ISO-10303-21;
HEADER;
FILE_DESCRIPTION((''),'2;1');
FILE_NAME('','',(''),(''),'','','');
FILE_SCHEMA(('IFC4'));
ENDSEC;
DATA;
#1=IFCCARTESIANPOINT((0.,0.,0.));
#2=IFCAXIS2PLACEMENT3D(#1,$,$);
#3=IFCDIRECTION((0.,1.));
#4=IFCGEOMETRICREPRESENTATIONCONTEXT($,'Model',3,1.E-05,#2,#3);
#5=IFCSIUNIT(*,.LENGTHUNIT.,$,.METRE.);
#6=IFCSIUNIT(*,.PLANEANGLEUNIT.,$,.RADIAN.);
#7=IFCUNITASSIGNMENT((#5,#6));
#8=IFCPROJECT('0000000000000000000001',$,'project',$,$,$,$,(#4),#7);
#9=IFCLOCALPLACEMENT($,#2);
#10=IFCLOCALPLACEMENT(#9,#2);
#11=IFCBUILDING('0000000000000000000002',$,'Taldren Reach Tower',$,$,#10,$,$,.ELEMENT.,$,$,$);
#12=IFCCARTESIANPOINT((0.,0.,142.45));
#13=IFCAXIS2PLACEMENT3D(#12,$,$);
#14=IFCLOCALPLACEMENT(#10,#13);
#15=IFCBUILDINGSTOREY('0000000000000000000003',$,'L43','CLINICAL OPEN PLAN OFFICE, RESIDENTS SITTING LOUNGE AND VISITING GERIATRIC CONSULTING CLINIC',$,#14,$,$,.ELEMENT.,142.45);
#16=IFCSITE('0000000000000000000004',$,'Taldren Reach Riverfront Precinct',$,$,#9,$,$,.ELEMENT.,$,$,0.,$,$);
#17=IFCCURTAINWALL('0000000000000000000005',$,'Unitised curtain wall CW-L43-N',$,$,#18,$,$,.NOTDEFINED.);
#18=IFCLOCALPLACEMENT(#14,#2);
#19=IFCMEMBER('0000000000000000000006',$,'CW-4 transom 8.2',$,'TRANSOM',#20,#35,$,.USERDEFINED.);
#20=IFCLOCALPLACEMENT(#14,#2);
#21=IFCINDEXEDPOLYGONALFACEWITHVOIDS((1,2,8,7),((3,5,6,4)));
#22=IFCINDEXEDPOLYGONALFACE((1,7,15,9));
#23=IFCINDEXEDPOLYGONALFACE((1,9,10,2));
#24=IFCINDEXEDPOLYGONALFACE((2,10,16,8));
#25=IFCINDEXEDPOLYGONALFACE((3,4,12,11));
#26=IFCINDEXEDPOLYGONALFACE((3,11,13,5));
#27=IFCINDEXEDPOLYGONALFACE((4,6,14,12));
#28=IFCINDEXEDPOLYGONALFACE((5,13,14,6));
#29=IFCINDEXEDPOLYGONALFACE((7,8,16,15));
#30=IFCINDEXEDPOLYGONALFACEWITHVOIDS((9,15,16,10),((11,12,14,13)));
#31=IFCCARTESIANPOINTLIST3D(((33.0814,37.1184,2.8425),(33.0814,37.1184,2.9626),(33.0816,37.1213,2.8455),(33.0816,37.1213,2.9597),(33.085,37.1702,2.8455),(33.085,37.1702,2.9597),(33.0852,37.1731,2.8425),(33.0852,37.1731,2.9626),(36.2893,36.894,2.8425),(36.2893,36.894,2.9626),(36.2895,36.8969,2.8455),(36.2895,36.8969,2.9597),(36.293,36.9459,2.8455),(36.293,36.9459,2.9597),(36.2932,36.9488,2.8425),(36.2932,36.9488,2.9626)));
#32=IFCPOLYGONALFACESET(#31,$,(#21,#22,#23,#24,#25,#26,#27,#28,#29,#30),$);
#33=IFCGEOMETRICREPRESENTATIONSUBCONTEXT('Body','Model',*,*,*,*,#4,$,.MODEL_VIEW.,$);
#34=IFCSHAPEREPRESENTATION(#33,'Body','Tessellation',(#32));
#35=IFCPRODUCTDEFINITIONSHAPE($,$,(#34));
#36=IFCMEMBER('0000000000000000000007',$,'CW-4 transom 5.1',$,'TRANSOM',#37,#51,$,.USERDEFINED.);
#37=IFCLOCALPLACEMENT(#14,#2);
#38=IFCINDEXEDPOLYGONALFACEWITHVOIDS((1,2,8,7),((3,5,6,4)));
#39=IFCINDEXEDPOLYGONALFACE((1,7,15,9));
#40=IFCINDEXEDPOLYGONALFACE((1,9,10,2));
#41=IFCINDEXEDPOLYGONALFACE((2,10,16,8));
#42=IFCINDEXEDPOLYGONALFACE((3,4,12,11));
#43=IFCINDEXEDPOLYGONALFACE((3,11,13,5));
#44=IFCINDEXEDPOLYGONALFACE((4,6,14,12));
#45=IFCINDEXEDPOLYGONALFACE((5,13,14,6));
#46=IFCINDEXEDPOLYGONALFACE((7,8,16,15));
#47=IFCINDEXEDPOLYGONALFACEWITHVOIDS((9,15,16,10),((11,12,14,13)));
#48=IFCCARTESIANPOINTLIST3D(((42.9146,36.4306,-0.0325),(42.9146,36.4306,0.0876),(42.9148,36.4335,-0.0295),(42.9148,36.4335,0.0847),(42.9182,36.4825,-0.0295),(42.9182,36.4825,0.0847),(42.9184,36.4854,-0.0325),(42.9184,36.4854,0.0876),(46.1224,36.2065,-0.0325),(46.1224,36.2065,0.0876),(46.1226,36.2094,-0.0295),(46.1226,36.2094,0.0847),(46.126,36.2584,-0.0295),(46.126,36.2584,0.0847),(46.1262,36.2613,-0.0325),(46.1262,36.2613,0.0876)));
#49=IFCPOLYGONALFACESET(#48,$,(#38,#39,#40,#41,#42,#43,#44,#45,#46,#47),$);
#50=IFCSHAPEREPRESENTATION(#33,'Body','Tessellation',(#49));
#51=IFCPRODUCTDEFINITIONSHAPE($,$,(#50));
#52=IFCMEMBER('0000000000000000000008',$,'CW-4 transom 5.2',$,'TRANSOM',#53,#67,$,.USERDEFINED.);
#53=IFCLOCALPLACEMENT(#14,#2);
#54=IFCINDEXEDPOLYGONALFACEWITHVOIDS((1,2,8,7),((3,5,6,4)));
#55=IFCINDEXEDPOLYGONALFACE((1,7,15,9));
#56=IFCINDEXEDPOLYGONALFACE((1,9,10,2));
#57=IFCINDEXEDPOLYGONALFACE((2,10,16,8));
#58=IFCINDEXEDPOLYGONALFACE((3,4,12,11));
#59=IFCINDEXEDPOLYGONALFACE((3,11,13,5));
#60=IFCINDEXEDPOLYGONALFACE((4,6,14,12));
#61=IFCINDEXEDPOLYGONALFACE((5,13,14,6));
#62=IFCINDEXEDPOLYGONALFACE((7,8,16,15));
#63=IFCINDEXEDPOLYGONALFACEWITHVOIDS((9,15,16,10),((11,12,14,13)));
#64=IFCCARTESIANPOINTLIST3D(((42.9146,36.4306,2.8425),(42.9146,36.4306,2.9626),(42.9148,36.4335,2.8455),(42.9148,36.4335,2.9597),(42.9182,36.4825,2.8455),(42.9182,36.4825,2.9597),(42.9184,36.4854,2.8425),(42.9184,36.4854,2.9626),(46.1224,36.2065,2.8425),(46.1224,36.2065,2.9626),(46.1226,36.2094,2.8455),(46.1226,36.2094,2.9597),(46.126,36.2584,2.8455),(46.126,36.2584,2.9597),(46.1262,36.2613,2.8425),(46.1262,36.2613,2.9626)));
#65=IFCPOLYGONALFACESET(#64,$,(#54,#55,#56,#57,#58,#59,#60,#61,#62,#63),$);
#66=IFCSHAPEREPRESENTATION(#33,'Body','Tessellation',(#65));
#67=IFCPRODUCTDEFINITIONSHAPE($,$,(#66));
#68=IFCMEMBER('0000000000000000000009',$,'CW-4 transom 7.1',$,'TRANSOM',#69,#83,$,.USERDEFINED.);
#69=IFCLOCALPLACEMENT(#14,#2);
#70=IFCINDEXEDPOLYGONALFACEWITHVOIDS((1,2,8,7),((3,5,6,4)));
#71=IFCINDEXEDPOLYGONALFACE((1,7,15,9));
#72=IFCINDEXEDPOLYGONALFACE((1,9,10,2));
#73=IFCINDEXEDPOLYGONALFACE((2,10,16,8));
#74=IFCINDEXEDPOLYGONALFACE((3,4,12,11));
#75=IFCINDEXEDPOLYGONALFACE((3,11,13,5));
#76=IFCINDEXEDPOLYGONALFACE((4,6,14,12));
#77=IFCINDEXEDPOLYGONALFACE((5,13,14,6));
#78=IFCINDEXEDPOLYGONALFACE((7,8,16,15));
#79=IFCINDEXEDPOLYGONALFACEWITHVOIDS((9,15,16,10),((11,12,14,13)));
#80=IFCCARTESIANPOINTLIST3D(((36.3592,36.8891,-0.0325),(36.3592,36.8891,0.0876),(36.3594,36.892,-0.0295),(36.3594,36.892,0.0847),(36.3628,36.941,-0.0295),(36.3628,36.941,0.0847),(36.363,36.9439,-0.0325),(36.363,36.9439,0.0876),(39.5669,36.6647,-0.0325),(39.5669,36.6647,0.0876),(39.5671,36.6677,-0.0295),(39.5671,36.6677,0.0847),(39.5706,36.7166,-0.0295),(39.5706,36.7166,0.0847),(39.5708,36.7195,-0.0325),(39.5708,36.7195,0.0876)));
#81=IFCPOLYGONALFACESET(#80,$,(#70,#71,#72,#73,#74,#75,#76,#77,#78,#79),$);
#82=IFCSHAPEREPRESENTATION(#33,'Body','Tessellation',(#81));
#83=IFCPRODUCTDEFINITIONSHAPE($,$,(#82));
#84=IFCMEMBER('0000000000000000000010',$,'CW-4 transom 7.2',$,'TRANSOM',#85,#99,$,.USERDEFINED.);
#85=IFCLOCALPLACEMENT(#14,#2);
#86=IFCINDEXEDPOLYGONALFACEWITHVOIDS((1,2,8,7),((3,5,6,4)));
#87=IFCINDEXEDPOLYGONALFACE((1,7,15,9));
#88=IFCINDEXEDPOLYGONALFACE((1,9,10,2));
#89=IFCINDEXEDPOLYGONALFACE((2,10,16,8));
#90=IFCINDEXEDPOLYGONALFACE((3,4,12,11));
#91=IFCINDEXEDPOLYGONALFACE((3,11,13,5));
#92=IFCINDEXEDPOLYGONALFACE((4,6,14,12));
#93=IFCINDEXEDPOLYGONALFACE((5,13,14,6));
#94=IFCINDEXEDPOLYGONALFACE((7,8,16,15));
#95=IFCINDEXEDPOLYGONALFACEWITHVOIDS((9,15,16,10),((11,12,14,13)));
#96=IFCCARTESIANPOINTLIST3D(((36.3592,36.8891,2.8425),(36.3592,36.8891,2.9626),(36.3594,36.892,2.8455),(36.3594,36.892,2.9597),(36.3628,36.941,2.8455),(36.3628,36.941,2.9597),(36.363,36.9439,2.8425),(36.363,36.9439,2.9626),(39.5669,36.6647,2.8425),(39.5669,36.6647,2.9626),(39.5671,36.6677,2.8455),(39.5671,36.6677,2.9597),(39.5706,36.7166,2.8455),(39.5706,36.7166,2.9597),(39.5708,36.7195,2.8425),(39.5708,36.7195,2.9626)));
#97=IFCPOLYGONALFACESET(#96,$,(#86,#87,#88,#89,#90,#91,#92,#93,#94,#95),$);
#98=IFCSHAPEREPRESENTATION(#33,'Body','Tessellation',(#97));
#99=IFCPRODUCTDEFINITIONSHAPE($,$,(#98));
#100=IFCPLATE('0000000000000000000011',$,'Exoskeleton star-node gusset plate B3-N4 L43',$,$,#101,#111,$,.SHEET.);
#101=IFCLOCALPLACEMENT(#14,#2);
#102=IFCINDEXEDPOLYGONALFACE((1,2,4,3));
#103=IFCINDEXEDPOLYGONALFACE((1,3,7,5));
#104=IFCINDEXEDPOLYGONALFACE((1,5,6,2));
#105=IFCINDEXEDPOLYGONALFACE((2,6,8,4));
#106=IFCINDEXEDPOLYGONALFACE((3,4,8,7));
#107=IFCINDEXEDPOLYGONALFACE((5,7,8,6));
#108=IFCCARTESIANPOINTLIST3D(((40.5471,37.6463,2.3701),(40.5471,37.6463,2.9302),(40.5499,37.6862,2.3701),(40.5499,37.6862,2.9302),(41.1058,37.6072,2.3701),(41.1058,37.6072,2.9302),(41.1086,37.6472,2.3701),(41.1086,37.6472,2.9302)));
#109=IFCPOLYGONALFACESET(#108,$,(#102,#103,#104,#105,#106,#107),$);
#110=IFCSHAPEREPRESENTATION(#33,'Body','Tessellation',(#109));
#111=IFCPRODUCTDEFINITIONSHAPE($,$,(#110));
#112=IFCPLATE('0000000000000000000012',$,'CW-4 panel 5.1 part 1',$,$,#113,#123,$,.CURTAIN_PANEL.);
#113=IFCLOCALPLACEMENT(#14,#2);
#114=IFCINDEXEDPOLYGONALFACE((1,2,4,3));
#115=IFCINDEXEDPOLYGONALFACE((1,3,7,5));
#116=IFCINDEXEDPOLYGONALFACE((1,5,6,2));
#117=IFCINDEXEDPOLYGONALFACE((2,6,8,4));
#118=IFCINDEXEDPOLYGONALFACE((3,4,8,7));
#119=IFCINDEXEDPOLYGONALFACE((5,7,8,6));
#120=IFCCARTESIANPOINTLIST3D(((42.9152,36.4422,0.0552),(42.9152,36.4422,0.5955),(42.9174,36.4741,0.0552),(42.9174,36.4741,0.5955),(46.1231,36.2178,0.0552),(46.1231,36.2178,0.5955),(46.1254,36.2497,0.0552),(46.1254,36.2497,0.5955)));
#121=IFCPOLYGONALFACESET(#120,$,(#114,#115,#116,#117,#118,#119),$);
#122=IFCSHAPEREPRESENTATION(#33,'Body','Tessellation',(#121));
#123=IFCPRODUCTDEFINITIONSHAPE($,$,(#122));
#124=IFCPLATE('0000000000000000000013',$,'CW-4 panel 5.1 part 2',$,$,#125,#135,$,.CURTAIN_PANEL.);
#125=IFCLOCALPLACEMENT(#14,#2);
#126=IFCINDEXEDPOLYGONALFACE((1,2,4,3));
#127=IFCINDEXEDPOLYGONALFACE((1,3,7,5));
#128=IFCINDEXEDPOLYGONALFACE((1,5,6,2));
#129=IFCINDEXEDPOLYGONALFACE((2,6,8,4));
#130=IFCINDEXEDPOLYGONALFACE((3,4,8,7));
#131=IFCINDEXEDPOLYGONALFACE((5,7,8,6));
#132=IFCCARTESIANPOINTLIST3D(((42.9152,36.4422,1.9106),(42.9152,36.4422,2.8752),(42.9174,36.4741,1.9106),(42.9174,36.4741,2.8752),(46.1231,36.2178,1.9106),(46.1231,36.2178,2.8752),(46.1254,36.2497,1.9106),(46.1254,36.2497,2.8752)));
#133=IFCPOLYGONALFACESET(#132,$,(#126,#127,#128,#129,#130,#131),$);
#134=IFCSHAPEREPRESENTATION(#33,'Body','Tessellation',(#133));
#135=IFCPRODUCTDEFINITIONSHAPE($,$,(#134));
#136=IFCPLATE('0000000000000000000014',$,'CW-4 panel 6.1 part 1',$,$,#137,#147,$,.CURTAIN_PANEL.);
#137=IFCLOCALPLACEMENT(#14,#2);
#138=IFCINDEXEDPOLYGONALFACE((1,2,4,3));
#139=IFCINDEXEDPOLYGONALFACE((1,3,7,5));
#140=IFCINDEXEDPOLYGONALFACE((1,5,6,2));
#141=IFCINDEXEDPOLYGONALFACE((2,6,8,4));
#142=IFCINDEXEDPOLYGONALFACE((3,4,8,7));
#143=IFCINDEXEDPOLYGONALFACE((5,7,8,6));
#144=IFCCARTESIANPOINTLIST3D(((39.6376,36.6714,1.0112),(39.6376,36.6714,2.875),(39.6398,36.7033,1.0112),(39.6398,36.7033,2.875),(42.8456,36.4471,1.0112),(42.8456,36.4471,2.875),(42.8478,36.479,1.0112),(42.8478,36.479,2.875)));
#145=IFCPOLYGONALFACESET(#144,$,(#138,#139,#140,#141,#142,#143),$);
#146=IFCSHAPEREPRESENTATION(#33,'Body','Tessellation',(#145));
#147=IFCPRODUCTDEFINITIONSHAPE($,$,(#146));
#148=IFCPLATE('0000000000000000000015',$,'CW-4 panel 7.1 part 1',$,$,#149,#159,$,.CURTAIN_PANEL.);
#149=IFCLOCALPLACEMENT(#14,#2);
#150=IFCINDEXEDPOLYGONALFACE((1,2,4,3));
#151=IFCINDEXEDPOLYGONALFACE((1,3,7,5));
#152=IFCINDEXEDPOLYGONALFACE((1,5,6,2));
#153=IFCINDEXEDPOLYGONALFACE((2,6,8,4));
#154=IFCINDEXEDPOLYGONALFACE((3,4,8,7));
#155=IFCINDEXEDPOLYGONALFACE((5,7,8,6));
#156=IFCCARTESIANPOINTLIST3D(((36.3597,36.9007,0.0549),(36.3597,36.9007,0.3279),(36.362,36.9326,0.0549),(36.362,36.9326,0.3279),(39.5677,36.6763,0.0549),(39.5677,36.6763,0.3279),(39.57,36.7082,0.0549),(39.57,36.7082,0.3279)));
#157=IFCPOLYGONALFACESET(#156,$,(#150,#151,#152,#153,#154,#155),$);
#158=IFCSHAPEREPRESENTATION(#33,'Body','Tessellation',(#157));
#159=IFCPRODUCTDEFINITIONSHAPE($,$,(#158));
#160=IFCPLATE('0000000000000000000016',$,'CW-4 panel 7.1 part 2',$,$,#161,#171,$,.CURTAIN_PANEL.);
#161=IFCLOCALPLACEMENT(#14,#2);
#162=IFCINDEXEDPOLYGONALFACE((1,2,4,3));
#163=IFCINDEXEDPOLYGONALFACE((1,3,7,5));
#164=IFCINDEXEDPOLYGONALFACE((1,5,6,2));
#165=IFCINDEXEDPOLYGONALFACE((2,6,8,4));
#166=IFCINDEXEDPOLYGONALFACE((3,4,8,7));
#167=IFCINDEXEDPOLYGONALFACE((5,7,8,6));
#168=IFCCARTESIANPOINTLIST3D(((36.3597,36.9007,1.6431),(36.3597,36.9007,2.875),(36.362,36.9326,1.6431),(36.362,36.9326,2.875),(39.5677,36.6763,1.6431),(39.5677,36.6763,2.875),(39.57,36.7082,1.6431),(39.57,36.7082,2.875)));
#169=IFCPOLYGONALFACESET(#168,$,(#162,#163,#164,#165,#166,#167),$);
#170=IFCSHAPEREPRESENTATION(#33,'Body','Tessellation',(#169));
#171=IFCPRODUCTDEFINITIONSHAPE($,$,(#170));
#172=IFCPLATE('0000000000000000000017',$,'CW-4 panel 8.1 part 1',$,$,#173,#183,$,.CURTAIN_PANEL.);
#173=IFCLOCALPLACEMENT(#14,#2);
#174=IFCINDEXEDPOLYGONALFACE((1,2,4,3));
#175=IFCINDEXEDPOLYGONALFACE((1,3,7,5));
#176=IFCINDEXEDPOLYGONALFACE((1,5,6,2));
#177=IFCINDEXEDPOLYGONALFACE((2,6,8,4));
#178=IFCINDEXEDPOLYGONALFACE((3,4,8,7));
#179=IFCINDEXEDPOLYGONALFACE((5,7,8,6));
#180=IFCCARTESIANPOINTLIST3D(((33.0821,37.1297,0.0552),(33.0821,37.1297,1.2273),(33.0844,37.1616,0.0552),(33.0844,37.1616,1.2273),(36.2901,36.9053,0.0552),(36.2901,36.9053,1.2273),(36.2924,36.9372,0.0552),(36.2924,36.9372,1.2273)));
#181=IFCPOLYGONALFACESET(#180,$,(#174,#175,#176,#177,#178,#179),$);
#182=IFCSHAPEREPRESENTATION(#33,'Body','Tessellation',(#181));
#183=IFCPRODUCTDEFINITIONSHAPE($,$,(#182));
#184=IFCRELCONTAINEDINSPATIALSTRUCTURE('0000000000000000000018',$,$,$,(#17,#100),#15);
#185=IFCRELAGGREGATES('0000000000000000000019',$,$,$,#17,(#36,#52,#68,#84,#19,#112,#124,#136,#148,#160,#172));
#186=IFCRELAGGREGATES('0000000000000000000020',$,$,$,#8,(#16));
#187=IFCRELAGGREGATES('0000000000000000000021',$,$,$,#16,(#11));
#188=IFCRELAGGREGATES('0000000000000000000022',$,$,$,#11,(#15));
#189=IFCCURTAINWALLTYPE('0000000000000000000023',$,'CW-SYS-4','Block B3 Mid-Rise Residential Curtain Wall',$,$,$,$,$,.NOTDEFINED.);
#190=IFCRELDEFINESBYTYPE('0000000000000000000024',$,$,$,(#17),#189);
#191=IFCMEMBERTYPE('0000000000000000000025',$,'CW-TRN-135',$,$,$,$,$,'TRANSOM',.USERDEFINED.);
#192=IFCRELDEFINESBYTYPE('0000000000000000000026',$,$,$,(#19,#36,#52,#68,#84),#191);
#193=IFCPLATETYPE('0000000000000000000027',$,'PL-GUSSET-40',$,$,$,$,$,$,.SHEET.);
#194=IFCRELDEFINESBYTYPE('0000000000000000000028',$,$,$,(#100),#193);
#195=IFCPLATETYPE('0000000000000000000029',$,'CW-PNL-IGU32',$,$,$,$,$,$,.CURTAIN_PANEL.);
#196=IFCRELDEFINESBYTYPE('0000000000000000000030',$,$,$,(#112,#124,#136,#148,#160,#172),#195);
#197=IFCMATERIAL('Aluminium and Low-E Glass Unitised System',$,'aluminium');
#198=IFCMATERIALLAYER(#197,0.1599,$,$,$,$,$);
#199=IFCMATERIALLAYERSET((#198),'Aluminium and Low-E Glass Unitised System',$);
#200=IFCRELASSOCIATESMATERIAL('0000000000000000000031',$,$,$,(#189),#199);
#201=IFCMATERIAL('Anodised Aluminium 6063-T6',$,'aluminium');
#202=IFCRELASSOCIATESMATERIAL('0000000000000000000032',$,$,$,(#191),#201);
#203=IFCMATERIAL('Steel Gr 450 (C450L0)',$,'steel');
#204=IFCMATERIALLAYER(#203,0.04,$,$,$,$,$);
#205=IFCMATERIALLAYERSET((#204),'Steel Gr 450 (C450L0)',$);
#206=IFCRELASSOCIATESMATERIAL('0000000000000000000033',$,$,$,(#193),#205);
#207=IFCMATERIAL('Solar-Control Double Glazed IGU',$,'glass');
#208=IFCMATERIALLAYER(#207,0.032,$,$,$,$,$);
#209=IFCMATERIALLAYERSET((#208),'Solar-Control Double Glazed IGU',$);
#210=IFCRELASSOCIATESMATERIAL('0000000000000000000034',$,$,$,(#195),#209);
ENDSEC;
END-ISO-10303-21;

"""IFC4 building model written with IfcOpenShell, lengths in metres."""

from ifc_helpers import new_model, si_unit, direction, frame, origin, origin_2d, place, context, subcontext, project, spatial, rectangle, hollow_rectangle, extrude, source, transform, mapped, material, layer, layer_set, material_profile, profile_set, type_object, element, aggregate, save


model = new_model("IFC4")

# Units and contexts
model_context = context("Model", 3, precision=1e-05, world=origin(), true_north=direction((0.0, 1.0)))
body_context = subcontext(model_context, "Body", "Model", "MODEL_VIEW")
ifc_project = project(units=[si_unit("LENGTHUNIT", "METRE"), si_unit("PLANEANGLEUNIT", "RADIAN")], contexts=[model_context])

# Site, building, storey
site_placement = place(None, origin())
site = spatial("IfcSite", under=ifc_project, at=site_placement, Name="Taldren Reach Riverfront Precinct", CompositionType="ELEMENT", RefElevation=0.0)
building_placement = place(site_placement, origin())
building = spatial("IfcBuilding", under=site, at=building_placement, Name="Taldren Reach Tower", CompositionType="ELEMENT")
storey_placement = place(building_placement, frame((0.0, 0.0, 142.45)))
storey = spatial("IfcBuildingStorey", under=building, at=storey_placement, Name="L43", Description="CLINICAL OPEN PLAN OFFICE, RESIDENTS SITTING LOUNGE AND VISITING GERIATRIC CONSULTING CLINIC", CompositionType="ELEMENT", Elevation=142.45)

# Shared definitions
ifc_material_1 = material(Name="Steel Gr 450 (C450L0)", Category="steel")

# Curtain wall, members
ifc_material_2 = material(Name="Aluminium and Low-E Glass Unitised System", Category="aluminium")
ifc_layer_1 = layer(ifc_material_2, 0.1599)
ifc_layer_set_1 = layer_set([ifc_layer_1], Name="Aluminium and Low-E Glass Unitised System")
curtain_wall_type = type_object("IfcCurtainWallType", Name="CW-SYS-4", Description="Block B3 Mid-Rise Residential Curtain Wall", PredefinedType="NOTDEFINED", material=ifc_layer_set_1)
curtain_wall_placement = place(storey_placement, origin())
curtain_wall = element("IfcCurtainWall", 1, at=curtain_wall_placement, inside=storey, type_object=curtain_wall_type, Name="Unitised curtain wall CW-L43-N", PredefinedType="NOTDEFINED")
ifc_material_3 = material(Name="Anodised Aluminium 6063-T6", Category="aluminium")
ifc_material_profile_1 = material_profile(ifc_material_3, hollow_rectangle(XDim=0.0549, YDim=0.1201, WallThickness=0.0029, at=origin_2d()), Name="ALU-120x55x3RHS")
ifc_profile_set_1 = profile_set([ifc_material_profile_1], Name="Anodised Aluminium 6063-T6")
member_type_1 = type_object("IfcMemberType", Name="CW-TRN-135", ElementType="TRANSOM", PredefinedType="USERDEFINED", material=ifc_profile_set_1)
shared_shape_1 = source(origin(), body_context, "Body", "SweptSolid", [
    extrude(hollow_rectangle(XDim=0.0549, YDim=0.1201, WallThickness=0.0029, at=origin_2d()), origin(), (0.0, 0.0, 1.0), 3.2158),
])
member_1_placement = place(storey_placement, frame((36.2913, 36.9214, 2.9026), z_axis=(-0.997563, 0.069769, 0.0), x_axis=(-0.069769, -0.997563, 0.0)))
member_1 = element("IfcMember", 2, at=member_1_placement, type_object=member_type_1, Name="CW-4 transom 8.2", ObjectType="TRANSOM", PredefinedType="USERDEFINED", context=body_context, shape_type="MappedRepresentation", body=[
    mapped(shared_shape_1, transform((0.0, 0.0, 0.0), scale=1.0)),
])
shared_shape_2 = source(origin(), body_context, "Body", "SweptSolid", [
    extrude(hollow_rectangle(XDim=0.0549, YDim=0.1201, WallThickness=0.0029, at=origin_2d()), origin(), (0.0, 0.0, 1.0), 3.2156),
])
member_2_placement = place(storey_placement, frame((46.1243, 36.2339, 0.0276), z_axis=(-0.997568, 0.069698, 0.0), x_axis=(-0.069698, -0.997568, 0.0)))
member_2 = element("IfcMember", 3, at=member_2_placement, type_object=member_type_1, Name="CW-4 transom 5.1", ObjectType="TRANSOM", PredefinedType="USERDEFINED", context=body_context, shape_type="MappedRepresentation", body=[
    mapped(shared_shape_2, transform((0.0, 0.0, 0.0), scale=1.0)),
])
member_3_placement = place(storey_placement, frame((46.1243, 36.2339, 2.9026), z_axis=(-0.997568, 0.069698, 0.0), x_axis=(-0.069698, -0.997568, 0.0)))
member_3 = element("IfcMember", 4, at=member_3_placement, type_object=member_type_1, Name="CW-4 transom 5.2", ObjectType="TRANSOM", PredefinedType="USERDEFINED", context=body_context, shape_type="MappedRepresentation", body=[
    mapped(shared_shape_2, transform((0.0, 0.0, 0.0), scale=1.0)),
])
member_4_placement = place(storey_placement, frame((39.5688, 36.6921, 0.0276), z_axis=(-0.997563, 0.069774, 0.0), x_axis=(-0.069774, -0.997563, 0.0)))
member_4 = element("IfcMember", 5, at=member_4_placement, type_object=member_type_1, Name="CW-4 transom 7.1", ObjectType="TRANSOM", PredefinedType="USERDEFINED", context=body_context, shape_type="MappedRepresentation", body=[
    mapped(shared_shape_2, transform((0.0, 0.0, 0.0), scale=1.0)),
])
member_5_placement = place(storey_placement, frame((39.5688, 36.6921, 2.9026), z_axis=(-0.997563, 0.069774, 0.0), x_axis=(-0.069774, -0.997563, 0.0)))
member_5 = element("IfcMember", 6, at=member_5_placement, type_object=member_type_1, Name="CW-4 transom 7.2", ObjectType="TRANSOM", PredefinedType="USERDEFINED", context=body_context, shape_type="MappedRepresentation", body=[
    mapped(shared_shape_2, transform((0.0, 0.0, 0.0), scale=1.0)),
])

# Plates
ifc_layer_2 = layer(ifc_material_1, 0.04)
ifc_layer_set_2 = layer_set([ifc_layer_2], Name="Steel Gr 450 (C450L0)")
plate_type_1 = type_object("IfcPlateType", Name="PL-GUSSET-40", PredefinedType="SHEET", material=ifc_layer_set_2)
shared_shape_3 = source(origin(), body_context, "Body", "SweptSolid", [
    extrude(rectangle(XDim=0.5601, YDim=0.04, at=origin_2d()), origin(), (0.0, 0.0, 1.0), 0.5601),
])
plate_1_placement = place(storey_placement, frame((40.8279, 37.6467, 2.3701), z_axis=(0.0, 0.0, 1.0), x_axis=(0.997564, -0.069756, 0.0)))
element("IfcPlate", 7, at=plate_1_placement, inside=storey, type_object=plate_type_1, Name="Exoskeleton star-node gusset plate B3-N4 L43", PredefinedType="SHEET", context=body_context, shape_type="MappedRepresentation", body=[
    mapped(shared_shape_3, transform((0.0, 0.0, 0.0), scale=1.0)),
])
ifc_material_4 = material(Name="Solar-Control Double Glazed IGU", Category="glass")
ifc_layer_3 = layer(ifc_material_4, 0.032)
ifc_layer_set_3 = layer_set([ifc_layer_3], Name="Solar-Control Double Glazed IGU")
plate_type_2 = type_object("IfcPlateType", Name="CW-PNL-IGU32", PredefinedType="CURTAIN_PANEL", material=ifc_layer_set_3)
shared_shape_4 = source(origin(), body_context, "Body", "SweptSolid", [
    extrude(rectangle(XDim=3.2158, YDim=0.032, at=origin_2d()), origin(), (0.0, 0.0, 1.0), 0.5403),
])
plate_2_placement = place(storey_placement, frame((44.5203, 36.3459, 0.0552), z_axis=(0.0, 0.0, 1.0), x_axis=(-0.997564, 0.069757, 0.0)))
plate_2 = element("IfcPlate", 8, at=plate_2_placement, type_object=plate_type_2, Name="CW-4 panel 5.1 part 1", PredefinedType="CURTAIN_PANEL", context=body_context, shape_type="MappedRepresentation", body=[
    mapped(shared_shape_4, transform((0.0, 0.0, 0.0), scale=1.0)),
])
shared_shape_5 = source(origin(), body_context, "Body", "SweptSolid", [
    extrude(rectangle(XDim=3.2158, YDim=0.032, at=origin_2d()), origin(), (0.0, 0.0, 1.0), 0.9646),
])
plate_3_placement = place(storey_placement, frame((44.5203, 36.3459, 1.9106), z_axis=(0.0, 0.0, 1.0), x_axis=(-0.997564, 0.069757, 0.0)))
plate_3 = element("IfcPlate", 9, at=plate_3_placement, type_object=plate_type_2, Name="CW-4 panel 5.1 part 2", PredefinedType="CURTAIN_PANEL", context=body_context, shape_type="MappedRepresentation", body=[
    mapped(shared_shape_5, transform((0.0, 0.0, 0.0), scale=1.0)),
])
shared_shape_6 = source(origin(), body_context, "Body", "SweptSolid", [
    extrude(rectangle(XDim=3.2158, YDim=0.032, at=origin_2d()), origin(), (0.0, 0.0, 1.0), 1.8638),
])
plate_4_placement = place(storey_placement, frame((41.2427, 36.5752, 1.0112), z_axis=(0.0, 0.0, 1.0), x_axis=(-0.997564, 0.069757, 0.0)))
plate_4 = element("IfcPlate", 10, at=plate_4_placement, type_object=plate_type_2, Name="CW-4 panel 6.1 part 1", PredefinedType="CURTAIN_PANEL", context=body_context, shape_type="MappedRepresentation", body=[
    mapped(shared_shape_6, transform((0.0, 0.0, 0.0), scale=1.0)),
])
shared_shape_7 = source(origin(), body_context, "Body", "SweptSolid", [
    extrude(rectangle(XDim=3.2158, YDim=0.032, at=origin_2d()), origin(), (0.0, 0.0, 1.0), 0.2729),
])
plate_5_placement = place(storey_placement, frame((37.9648, 36.8044, 0.0549), z_axis=(0.0, 0.0, 1.0), x_axis=(-0.997564, 0.069757, 0.0)))
plate_5 = element("IfcPlate", 11, at=plate_5_placement, type_object=plate_type_2, Name="CW-4 panel 7.1 part 1", PredefinedType="CURTAIN_PANEL", context=body_context, shape_type="MappedRepresentation", body=[
    mapped(shared_shape_7, transform((0.0, 0.0, 0.0), scale=1.0)),
])
shared_shape_8 = source(origin(), body_context, "Body", "SweptSolid", [
    extrude(rectangle(XDim=3.2158, YDim=0.032, at=origin_2d()), origin(), (0.0, 0.0, 1.0), 1.2319),
])
plate_6_placement = place(storey_placement, frame((37.9648, 36.8044, 1.6431), z_axis=(0.0, 0.0, 1.0), x_axis=(-0.997564, 0.069757, 0.0)))
plate_6 = element("IfcPlate", 12, at=plate_6_placement, type_object=plate_type_2, Name="CW-4 panel 7.1 part 2", PredefinedType="CURTAIN_PANEL", context=body_context, shape_type="MappedRepresentation", body=[
    mapped(shared_shape_8, transform((0.0, 0.0, 0.0), scale=1.0)),
])
shared_shape_9 = source(origin(), body_context, "Body", "SweptSolid", [
    extrude(rectangle(XDim=3.2158, YDim=0.032, at=origin_2d()), origin(), (0.0, 0.0, 1.0), 1.1721),
])
plate_7_placement = place(storey_placement, frame((34.6873, 37.0334, 0.0552), z_axis=(0.0, 0.0, 1.0), x_axis=(-0.997564, 0.069757, 0.0)))
plate_7 = element("IfcPlate", 13, at=plate_7_placement, type_object=plate_type_2, Name="CW-4 panel 8.1 part 1", PredefinedType="CURTAIN_PANEL", context=body_context, shape_type="MappedRepresentation", body=[
    mapped(shared_shape_9, transform((0.0, 0.0, 0.0), scale=1.0)),
])
aggregate(curtain_wall, [member_2, member_3, member_4, member_5, member_1, plate_2, plate_3, plate_4, plate_5, plate_6, plate_7])

save(model, "model.ifc")
